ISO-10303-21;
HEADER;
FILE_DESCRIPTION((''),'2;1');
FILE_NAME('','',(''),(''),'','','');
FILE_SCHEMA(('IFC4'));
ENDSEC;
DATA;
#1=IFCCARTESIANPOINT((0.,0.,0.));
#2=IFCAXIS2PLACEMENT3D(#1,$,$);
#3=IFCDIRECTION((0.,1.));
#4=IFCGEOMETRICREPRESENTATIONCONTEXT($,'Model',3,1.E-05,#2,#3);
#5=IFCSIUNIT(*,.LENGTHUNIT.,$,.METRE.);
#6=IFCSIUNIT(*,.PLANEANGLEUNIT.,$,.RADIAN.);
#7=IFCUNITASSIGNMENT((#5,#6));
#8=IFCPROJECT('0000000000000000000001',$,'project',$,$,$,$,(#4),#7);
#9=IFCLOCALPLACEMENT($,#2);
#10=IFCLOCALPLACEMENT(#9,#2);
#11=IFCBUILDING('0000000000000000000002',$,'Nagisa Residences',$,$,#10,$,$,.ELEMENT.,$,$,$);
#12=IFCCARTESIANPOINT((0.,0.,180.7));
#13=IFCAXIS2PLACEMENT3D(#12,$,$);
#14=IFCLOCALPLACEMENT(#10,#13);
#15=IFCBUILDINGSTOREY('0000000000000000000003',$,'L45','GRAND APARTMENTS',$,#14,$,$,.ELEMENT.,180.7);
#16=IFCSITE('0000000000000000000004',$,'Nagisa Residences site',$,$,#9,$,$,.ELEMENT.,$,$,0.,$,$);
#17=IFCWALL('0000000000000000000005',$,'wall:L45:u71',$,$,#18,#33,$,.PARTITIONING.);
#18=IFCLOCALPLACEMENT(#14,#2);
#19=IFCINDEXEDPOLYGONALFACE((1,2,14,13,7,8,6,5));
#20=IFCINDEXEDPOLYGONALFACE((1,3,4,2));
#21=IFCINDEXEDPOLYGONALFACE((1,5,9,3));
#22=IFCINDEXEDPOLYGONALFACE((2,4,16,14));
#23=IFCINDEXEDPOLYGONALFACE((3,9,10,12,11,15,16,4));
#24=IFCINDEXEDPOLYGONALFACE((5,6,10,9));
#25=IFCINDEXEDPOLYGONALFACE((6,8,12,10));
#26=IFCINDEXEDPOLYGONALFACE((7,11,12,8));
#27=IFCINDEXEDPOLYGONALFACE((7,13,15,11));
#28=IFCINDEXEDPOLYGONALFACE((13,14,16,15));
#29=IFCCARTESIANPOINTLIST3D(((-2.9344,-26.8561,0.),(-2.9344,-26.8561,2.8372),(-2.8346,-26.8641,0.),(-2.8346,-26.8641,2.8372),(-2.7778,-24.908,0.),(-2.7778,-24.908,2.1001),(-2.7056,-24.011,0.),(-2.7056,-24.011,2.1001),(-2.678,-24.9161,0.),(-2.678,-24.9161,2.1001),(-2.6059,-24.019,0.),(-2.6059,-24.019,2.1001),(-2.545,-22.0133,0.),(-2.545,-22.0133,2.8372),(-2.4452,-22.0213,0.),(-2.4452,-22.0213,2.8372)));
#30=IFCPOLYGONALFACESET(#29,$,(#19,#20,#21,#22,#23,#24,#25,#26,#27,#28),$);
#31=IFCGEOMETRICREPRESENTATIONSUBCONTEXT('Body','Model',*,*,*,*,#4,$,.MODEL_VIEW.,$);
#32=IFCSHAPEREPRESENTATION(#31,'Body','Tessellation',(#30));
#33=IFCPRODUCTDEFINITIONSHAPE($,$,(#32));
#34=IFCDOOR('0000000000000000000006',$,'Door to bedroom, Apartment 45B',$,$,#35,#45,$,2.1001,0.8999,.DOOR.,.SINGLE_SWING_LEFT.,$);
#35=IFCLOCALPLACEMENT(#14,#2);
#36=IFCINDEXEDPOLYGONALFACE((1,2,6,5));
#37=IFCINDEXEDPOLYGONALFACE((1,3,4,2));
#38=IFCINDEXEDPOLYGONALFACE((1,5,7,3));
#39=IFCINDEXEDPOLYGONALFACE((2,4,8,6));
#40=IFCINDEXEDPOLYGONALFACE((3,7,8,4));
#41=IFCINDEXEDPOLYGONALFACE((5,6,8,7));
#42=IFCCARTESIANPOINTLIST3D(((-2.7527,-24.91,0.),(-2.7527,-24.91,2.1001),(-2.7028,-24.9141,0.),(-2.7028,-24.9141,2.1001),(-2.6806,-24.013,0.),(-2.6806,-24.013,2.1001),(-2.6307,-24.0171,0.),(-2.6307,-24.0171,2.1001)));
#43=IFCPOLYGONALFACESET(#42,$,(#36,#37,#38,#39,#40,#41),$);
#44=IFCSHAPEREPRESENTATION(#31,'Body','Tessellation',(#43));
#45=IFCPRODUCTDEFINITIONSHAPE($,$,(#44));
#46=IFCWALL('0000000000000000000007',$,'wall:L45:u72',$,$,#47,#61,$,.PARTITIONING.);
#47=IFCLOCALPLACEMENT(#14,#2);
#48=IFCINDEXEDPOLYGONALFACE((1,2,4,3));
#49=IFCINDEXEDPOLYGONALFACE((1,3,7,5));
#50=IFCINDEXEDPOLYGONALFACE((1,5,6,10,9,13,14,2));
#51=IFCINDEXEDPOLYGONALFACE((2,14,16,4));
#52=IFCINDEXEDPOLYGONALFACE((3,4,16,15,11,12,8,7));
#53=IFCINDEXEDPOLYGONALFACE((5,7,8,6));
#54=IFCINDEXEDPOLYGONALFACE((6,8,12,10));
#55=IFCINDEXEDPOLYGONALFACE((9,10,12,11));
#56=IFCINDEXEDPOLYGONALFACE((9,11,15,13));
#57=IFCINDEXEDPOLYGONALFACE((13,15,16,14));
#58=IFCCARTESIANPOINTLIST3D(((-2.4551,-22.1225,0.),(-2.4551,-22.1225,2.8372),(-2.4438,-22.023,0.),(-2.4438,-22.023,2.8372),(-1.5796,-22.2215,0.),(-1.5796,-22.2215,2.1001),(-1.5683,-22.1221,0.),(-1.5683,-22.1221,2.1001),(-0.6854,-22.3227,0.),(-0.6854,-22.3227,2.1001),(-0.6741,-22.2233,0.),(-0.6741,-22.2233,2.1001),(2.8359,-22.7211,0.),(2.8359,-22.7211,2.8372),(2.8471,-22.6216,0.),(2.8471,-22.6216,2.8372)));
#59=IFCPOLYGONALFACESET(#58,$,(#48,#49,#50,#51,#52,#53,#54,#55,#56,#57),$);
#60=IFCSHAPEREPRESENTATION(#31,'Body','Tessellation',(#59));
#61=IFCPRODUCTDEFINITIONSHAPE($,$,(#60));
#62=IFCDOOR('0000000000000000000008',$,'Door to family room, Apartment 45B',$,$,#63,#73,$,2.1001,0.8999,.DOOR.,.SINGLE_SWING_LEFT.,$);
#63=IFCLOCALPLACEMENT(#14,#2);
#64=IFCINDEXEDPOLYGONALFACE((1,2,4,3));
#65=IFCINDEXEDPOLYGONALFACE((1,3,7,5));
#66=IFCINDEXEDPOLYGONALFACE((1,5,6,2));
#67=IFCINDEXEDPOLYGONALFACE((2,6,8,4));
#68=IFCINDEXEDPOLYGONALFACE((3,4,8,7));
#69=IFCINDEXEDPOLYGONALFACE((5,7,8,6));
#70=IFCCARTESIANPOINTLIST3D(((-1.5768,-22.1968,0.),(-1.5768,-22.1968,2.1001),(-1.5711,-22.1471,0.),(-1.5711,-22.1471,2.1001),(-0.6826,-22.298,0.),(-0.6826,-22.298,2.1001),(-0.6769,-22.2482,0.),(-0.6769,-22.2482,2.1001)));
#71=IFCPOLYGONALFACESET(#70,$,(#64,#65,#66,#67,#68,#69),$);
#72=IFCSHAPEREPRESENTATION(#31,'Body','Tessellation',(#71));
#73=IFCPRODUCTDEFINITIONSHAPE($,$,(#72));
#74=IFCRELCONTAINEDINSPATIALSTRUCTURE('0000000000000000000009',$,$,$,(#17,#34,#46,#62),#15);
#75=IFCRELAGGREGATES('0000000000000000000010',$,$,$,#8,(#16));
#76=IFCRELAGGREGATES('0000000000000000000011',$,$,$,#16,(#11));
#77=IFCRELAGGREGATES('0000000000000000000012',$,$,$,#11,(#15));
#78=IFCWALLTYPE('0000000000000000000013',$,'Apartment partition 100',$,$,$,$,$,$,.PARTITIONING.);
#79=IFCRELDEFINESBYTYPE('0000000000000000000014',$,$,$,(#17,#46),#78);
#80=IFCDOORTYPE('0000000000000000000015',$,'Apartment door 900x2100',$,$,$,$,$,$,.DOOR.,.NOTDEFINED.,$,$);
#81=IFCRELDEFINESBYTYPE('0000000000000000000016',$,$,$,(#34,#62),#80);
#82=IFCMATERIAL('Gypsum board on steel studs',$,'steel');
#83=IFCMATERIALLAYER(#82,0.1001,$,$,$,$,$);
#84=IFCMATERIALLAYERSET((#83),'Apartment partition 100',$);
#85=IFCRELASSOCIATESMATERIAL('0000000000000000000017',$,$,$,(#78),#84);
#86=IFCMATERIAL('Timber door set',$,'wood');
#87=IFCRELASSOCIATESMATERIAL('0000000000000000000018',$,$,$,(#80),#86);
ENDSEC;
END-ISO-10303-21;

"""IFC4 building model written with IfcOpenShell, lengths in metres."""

from ifc_helpers import new_model, si_unit, direction, frame, frame_2d, origin, place, context, subcontext, project, spatial, rectangle, extrude, material, layer, layer_set, type_object, element, fill, save


model = new_model("IFC4")

# Units and contexts
model_context = context("Model", 3, precision=1e-05, world=origin(), true_north=direction((0.0, 1.0)))
body_context = subcontext(model_context, "Body", "Model", "MODEL_VIEW")
ifc_project = project(units=[si_unit("LENGTHUNIT", "METRE"), si_unit("PLANEANGLEUNIT", "RADIAN")], contexts=[model_context])

# Site, building, storey
site_placement = place(None, origin())
site = spatial("IfcSite", under=ifc_project, at=site_placement, Name="Nagisa Residences site", CompositionType="ELEMENT", RefElevation=0.0)
building_placement = place(site_placement, origin())
building = spatial("IfcBuilding", under=site, at=building_placement, Name="Nagisa Residences", CompositionType="ELEMENT")
storey_placement = place(building_placement, frame((0.0, 0.0, 180.7)))
storey = spatial("IfcBuildingStorey", under=building, at=storey_placement, Name="L45", Description="GRAND APARTMENTS", CompositionType="ELEMENT", Elevation=180.7)

# Shared definitions
ifc_material_1 = material(Name="Gypsum board on steel studs", Category="steel")
ifc_layer_1 = layer(ifc_material_1, 0.1001)
ifc_layer_set_1 = layer_set([ifc_layer_1], Name="Apartment partition 100")
wall_type_1 = type_object("IfcWallType", Name="Apartment partition 100", PredefinedType="PARTITIONING", material=ifc_layer_set_1)

# Shared definitions
ifc_material_2 = material(Name="Timber door set", Category="wood")
door_type_1 = type_object("IfcDoorType", Name="Apartment door 900x2100", OperationType="NOTDEFINED", PredefinedType="DOOR", material=ifc_material_2)

# Walls, openings, doors
wall_1_placement = place(storey_placement, frame((-2.4951, -22.0173, 0.0), z_axis=(0.0, 0.0, 1.0), x_axis=(-0.080151, -0.996783, 0.0)))
wall_1 = element("IfcWall", 1, at=wall_1_placement, inside=storey, type_object=wall_type_1, Name="wall:L45:u71", PredefinedType="PARTITIONING", context=body_context, shape_type="SweptSolid", body=[
    extrude(rectangle(XDim=4.8584, YDim=0.1001, at=frame_2d((2.4292, 0.0))), origin(), (0.0, 0.0, 1.0), 2.8372),
])
opening_1_placement = place(wall_1_placement, frame((2.0042, 0.0, 0.0)))
opening_1 = element("IfcOpeningElement", 2, at=opening_1_placement, cuts=wall_1, PredefinedType="OPENING", context=body_context, shape_type="SweptSolid", body=[
    extrude(rectangle(XDim=0.8999, YDim=2.1001, at=frame_2d((0.45, 1.05))), frame((0.0, 0.0601, 0.0), z_axis=(0.0, -1.0, 0.0), x_axis=(1.0, 0.0, 0.0)), (0.0, 0.0, 1.0), 0.1201),
])
door_1_placement = place(opening_1_placement, frame((0.8999, 0.0, 0.0), x_axis=(-1.0, 0.0, 0.0)))
door_1 = element("IfcDoor", 3, at=door_1_placement, inside=storey, type_object=door_type_1, Name="Door to bedroom, Apartment 45B", OperationType="SINGLE_SWING_LEFT", OverallHeight=2.1001, OverallWidth=0.8999, PredefinedType="DOOR", context=body_context, shape_type="SweptSolid", body=[
    extrude(rectangle(XDim=0.8999, YDim=2.1001, at=frame_2d((0.45, 1.05))), frame((0.0, 0.0249, 0.0), z_axis=(0.0, -1.0, 0.0), x_axis=(1.0, 0.0, 0.0)), (0.0, 0.0, 1.0), 0.05),
])
fill(opening_1, door_1)
wall_2_placement = place(storey_placement, frame((-2.4495, -22.0728, 0.0), z_axis=(0.0, 0.0, 1.0), x_axis=(0.99366, -0.112424, 0.0)))
wall_2 = element("IfcWall", 4, at=wall_2_placement, inside=storey, type_object=wall_type_1, Name="wall:L45:u72", PredefinedType="PARTITIONING", context=body_context, shape_type="SweptSolid", body=[
    extrude(rectangle(XDim=5.3247, YDim=0.1001, at=frame_2d((2.6624, 0.0))), origin(), (0.0, 0.0, 1.0), 2.8372),
])
opening_2_placement = place(wall_2_placement, frame((0.8811, 0.0, 0.0)))
opening_2 = element("IfcOpeningElement", 5, at=opening_2_placement, cuts=wall_2, PredefinedType="OPENING", context=body_context, shape_type="SweptSolid", body=[
    extrude(rectangle(XDim=0.8999, YDim=2.1001, at=frame_2d((0.45, 1.05))), frame((0.0, 0.0601, 0.0), z_axis=(0.0, -1.0, 0.0), x_axis=(1.0, 0.0, 0.0)), (0.0, 0.0, 1.0), 0.1201),
])
door_2_placement = place(opening_2_placement, origin())
door_2 = element("IfcDoor", 6, at=door_2_placement, inside=storey, type_object=door_type_1, Name="Door to family room, Apartment 45B", OperationType="SINGLE_SWING_LEFT", OverallHeight=2.1001, OverallWidth=0.8999, PredefinedType="DOOR", context=body_context, shape_type="SweptSolid", body=[
    extrude(rectangle(XDim=0.8999, YDim=2.1001, at=frame_2d((0.45, 1.05))), frame((0.0, 0.0249, 0.0), z_axis=(0.0, -1.0, 0.0), x_axis=(1.0, 0.0, 0.0)), (0.0, 0.0, 1.0), 0.05),
])
fill(opening_2, door_2)

save(model, "model.ifc")
